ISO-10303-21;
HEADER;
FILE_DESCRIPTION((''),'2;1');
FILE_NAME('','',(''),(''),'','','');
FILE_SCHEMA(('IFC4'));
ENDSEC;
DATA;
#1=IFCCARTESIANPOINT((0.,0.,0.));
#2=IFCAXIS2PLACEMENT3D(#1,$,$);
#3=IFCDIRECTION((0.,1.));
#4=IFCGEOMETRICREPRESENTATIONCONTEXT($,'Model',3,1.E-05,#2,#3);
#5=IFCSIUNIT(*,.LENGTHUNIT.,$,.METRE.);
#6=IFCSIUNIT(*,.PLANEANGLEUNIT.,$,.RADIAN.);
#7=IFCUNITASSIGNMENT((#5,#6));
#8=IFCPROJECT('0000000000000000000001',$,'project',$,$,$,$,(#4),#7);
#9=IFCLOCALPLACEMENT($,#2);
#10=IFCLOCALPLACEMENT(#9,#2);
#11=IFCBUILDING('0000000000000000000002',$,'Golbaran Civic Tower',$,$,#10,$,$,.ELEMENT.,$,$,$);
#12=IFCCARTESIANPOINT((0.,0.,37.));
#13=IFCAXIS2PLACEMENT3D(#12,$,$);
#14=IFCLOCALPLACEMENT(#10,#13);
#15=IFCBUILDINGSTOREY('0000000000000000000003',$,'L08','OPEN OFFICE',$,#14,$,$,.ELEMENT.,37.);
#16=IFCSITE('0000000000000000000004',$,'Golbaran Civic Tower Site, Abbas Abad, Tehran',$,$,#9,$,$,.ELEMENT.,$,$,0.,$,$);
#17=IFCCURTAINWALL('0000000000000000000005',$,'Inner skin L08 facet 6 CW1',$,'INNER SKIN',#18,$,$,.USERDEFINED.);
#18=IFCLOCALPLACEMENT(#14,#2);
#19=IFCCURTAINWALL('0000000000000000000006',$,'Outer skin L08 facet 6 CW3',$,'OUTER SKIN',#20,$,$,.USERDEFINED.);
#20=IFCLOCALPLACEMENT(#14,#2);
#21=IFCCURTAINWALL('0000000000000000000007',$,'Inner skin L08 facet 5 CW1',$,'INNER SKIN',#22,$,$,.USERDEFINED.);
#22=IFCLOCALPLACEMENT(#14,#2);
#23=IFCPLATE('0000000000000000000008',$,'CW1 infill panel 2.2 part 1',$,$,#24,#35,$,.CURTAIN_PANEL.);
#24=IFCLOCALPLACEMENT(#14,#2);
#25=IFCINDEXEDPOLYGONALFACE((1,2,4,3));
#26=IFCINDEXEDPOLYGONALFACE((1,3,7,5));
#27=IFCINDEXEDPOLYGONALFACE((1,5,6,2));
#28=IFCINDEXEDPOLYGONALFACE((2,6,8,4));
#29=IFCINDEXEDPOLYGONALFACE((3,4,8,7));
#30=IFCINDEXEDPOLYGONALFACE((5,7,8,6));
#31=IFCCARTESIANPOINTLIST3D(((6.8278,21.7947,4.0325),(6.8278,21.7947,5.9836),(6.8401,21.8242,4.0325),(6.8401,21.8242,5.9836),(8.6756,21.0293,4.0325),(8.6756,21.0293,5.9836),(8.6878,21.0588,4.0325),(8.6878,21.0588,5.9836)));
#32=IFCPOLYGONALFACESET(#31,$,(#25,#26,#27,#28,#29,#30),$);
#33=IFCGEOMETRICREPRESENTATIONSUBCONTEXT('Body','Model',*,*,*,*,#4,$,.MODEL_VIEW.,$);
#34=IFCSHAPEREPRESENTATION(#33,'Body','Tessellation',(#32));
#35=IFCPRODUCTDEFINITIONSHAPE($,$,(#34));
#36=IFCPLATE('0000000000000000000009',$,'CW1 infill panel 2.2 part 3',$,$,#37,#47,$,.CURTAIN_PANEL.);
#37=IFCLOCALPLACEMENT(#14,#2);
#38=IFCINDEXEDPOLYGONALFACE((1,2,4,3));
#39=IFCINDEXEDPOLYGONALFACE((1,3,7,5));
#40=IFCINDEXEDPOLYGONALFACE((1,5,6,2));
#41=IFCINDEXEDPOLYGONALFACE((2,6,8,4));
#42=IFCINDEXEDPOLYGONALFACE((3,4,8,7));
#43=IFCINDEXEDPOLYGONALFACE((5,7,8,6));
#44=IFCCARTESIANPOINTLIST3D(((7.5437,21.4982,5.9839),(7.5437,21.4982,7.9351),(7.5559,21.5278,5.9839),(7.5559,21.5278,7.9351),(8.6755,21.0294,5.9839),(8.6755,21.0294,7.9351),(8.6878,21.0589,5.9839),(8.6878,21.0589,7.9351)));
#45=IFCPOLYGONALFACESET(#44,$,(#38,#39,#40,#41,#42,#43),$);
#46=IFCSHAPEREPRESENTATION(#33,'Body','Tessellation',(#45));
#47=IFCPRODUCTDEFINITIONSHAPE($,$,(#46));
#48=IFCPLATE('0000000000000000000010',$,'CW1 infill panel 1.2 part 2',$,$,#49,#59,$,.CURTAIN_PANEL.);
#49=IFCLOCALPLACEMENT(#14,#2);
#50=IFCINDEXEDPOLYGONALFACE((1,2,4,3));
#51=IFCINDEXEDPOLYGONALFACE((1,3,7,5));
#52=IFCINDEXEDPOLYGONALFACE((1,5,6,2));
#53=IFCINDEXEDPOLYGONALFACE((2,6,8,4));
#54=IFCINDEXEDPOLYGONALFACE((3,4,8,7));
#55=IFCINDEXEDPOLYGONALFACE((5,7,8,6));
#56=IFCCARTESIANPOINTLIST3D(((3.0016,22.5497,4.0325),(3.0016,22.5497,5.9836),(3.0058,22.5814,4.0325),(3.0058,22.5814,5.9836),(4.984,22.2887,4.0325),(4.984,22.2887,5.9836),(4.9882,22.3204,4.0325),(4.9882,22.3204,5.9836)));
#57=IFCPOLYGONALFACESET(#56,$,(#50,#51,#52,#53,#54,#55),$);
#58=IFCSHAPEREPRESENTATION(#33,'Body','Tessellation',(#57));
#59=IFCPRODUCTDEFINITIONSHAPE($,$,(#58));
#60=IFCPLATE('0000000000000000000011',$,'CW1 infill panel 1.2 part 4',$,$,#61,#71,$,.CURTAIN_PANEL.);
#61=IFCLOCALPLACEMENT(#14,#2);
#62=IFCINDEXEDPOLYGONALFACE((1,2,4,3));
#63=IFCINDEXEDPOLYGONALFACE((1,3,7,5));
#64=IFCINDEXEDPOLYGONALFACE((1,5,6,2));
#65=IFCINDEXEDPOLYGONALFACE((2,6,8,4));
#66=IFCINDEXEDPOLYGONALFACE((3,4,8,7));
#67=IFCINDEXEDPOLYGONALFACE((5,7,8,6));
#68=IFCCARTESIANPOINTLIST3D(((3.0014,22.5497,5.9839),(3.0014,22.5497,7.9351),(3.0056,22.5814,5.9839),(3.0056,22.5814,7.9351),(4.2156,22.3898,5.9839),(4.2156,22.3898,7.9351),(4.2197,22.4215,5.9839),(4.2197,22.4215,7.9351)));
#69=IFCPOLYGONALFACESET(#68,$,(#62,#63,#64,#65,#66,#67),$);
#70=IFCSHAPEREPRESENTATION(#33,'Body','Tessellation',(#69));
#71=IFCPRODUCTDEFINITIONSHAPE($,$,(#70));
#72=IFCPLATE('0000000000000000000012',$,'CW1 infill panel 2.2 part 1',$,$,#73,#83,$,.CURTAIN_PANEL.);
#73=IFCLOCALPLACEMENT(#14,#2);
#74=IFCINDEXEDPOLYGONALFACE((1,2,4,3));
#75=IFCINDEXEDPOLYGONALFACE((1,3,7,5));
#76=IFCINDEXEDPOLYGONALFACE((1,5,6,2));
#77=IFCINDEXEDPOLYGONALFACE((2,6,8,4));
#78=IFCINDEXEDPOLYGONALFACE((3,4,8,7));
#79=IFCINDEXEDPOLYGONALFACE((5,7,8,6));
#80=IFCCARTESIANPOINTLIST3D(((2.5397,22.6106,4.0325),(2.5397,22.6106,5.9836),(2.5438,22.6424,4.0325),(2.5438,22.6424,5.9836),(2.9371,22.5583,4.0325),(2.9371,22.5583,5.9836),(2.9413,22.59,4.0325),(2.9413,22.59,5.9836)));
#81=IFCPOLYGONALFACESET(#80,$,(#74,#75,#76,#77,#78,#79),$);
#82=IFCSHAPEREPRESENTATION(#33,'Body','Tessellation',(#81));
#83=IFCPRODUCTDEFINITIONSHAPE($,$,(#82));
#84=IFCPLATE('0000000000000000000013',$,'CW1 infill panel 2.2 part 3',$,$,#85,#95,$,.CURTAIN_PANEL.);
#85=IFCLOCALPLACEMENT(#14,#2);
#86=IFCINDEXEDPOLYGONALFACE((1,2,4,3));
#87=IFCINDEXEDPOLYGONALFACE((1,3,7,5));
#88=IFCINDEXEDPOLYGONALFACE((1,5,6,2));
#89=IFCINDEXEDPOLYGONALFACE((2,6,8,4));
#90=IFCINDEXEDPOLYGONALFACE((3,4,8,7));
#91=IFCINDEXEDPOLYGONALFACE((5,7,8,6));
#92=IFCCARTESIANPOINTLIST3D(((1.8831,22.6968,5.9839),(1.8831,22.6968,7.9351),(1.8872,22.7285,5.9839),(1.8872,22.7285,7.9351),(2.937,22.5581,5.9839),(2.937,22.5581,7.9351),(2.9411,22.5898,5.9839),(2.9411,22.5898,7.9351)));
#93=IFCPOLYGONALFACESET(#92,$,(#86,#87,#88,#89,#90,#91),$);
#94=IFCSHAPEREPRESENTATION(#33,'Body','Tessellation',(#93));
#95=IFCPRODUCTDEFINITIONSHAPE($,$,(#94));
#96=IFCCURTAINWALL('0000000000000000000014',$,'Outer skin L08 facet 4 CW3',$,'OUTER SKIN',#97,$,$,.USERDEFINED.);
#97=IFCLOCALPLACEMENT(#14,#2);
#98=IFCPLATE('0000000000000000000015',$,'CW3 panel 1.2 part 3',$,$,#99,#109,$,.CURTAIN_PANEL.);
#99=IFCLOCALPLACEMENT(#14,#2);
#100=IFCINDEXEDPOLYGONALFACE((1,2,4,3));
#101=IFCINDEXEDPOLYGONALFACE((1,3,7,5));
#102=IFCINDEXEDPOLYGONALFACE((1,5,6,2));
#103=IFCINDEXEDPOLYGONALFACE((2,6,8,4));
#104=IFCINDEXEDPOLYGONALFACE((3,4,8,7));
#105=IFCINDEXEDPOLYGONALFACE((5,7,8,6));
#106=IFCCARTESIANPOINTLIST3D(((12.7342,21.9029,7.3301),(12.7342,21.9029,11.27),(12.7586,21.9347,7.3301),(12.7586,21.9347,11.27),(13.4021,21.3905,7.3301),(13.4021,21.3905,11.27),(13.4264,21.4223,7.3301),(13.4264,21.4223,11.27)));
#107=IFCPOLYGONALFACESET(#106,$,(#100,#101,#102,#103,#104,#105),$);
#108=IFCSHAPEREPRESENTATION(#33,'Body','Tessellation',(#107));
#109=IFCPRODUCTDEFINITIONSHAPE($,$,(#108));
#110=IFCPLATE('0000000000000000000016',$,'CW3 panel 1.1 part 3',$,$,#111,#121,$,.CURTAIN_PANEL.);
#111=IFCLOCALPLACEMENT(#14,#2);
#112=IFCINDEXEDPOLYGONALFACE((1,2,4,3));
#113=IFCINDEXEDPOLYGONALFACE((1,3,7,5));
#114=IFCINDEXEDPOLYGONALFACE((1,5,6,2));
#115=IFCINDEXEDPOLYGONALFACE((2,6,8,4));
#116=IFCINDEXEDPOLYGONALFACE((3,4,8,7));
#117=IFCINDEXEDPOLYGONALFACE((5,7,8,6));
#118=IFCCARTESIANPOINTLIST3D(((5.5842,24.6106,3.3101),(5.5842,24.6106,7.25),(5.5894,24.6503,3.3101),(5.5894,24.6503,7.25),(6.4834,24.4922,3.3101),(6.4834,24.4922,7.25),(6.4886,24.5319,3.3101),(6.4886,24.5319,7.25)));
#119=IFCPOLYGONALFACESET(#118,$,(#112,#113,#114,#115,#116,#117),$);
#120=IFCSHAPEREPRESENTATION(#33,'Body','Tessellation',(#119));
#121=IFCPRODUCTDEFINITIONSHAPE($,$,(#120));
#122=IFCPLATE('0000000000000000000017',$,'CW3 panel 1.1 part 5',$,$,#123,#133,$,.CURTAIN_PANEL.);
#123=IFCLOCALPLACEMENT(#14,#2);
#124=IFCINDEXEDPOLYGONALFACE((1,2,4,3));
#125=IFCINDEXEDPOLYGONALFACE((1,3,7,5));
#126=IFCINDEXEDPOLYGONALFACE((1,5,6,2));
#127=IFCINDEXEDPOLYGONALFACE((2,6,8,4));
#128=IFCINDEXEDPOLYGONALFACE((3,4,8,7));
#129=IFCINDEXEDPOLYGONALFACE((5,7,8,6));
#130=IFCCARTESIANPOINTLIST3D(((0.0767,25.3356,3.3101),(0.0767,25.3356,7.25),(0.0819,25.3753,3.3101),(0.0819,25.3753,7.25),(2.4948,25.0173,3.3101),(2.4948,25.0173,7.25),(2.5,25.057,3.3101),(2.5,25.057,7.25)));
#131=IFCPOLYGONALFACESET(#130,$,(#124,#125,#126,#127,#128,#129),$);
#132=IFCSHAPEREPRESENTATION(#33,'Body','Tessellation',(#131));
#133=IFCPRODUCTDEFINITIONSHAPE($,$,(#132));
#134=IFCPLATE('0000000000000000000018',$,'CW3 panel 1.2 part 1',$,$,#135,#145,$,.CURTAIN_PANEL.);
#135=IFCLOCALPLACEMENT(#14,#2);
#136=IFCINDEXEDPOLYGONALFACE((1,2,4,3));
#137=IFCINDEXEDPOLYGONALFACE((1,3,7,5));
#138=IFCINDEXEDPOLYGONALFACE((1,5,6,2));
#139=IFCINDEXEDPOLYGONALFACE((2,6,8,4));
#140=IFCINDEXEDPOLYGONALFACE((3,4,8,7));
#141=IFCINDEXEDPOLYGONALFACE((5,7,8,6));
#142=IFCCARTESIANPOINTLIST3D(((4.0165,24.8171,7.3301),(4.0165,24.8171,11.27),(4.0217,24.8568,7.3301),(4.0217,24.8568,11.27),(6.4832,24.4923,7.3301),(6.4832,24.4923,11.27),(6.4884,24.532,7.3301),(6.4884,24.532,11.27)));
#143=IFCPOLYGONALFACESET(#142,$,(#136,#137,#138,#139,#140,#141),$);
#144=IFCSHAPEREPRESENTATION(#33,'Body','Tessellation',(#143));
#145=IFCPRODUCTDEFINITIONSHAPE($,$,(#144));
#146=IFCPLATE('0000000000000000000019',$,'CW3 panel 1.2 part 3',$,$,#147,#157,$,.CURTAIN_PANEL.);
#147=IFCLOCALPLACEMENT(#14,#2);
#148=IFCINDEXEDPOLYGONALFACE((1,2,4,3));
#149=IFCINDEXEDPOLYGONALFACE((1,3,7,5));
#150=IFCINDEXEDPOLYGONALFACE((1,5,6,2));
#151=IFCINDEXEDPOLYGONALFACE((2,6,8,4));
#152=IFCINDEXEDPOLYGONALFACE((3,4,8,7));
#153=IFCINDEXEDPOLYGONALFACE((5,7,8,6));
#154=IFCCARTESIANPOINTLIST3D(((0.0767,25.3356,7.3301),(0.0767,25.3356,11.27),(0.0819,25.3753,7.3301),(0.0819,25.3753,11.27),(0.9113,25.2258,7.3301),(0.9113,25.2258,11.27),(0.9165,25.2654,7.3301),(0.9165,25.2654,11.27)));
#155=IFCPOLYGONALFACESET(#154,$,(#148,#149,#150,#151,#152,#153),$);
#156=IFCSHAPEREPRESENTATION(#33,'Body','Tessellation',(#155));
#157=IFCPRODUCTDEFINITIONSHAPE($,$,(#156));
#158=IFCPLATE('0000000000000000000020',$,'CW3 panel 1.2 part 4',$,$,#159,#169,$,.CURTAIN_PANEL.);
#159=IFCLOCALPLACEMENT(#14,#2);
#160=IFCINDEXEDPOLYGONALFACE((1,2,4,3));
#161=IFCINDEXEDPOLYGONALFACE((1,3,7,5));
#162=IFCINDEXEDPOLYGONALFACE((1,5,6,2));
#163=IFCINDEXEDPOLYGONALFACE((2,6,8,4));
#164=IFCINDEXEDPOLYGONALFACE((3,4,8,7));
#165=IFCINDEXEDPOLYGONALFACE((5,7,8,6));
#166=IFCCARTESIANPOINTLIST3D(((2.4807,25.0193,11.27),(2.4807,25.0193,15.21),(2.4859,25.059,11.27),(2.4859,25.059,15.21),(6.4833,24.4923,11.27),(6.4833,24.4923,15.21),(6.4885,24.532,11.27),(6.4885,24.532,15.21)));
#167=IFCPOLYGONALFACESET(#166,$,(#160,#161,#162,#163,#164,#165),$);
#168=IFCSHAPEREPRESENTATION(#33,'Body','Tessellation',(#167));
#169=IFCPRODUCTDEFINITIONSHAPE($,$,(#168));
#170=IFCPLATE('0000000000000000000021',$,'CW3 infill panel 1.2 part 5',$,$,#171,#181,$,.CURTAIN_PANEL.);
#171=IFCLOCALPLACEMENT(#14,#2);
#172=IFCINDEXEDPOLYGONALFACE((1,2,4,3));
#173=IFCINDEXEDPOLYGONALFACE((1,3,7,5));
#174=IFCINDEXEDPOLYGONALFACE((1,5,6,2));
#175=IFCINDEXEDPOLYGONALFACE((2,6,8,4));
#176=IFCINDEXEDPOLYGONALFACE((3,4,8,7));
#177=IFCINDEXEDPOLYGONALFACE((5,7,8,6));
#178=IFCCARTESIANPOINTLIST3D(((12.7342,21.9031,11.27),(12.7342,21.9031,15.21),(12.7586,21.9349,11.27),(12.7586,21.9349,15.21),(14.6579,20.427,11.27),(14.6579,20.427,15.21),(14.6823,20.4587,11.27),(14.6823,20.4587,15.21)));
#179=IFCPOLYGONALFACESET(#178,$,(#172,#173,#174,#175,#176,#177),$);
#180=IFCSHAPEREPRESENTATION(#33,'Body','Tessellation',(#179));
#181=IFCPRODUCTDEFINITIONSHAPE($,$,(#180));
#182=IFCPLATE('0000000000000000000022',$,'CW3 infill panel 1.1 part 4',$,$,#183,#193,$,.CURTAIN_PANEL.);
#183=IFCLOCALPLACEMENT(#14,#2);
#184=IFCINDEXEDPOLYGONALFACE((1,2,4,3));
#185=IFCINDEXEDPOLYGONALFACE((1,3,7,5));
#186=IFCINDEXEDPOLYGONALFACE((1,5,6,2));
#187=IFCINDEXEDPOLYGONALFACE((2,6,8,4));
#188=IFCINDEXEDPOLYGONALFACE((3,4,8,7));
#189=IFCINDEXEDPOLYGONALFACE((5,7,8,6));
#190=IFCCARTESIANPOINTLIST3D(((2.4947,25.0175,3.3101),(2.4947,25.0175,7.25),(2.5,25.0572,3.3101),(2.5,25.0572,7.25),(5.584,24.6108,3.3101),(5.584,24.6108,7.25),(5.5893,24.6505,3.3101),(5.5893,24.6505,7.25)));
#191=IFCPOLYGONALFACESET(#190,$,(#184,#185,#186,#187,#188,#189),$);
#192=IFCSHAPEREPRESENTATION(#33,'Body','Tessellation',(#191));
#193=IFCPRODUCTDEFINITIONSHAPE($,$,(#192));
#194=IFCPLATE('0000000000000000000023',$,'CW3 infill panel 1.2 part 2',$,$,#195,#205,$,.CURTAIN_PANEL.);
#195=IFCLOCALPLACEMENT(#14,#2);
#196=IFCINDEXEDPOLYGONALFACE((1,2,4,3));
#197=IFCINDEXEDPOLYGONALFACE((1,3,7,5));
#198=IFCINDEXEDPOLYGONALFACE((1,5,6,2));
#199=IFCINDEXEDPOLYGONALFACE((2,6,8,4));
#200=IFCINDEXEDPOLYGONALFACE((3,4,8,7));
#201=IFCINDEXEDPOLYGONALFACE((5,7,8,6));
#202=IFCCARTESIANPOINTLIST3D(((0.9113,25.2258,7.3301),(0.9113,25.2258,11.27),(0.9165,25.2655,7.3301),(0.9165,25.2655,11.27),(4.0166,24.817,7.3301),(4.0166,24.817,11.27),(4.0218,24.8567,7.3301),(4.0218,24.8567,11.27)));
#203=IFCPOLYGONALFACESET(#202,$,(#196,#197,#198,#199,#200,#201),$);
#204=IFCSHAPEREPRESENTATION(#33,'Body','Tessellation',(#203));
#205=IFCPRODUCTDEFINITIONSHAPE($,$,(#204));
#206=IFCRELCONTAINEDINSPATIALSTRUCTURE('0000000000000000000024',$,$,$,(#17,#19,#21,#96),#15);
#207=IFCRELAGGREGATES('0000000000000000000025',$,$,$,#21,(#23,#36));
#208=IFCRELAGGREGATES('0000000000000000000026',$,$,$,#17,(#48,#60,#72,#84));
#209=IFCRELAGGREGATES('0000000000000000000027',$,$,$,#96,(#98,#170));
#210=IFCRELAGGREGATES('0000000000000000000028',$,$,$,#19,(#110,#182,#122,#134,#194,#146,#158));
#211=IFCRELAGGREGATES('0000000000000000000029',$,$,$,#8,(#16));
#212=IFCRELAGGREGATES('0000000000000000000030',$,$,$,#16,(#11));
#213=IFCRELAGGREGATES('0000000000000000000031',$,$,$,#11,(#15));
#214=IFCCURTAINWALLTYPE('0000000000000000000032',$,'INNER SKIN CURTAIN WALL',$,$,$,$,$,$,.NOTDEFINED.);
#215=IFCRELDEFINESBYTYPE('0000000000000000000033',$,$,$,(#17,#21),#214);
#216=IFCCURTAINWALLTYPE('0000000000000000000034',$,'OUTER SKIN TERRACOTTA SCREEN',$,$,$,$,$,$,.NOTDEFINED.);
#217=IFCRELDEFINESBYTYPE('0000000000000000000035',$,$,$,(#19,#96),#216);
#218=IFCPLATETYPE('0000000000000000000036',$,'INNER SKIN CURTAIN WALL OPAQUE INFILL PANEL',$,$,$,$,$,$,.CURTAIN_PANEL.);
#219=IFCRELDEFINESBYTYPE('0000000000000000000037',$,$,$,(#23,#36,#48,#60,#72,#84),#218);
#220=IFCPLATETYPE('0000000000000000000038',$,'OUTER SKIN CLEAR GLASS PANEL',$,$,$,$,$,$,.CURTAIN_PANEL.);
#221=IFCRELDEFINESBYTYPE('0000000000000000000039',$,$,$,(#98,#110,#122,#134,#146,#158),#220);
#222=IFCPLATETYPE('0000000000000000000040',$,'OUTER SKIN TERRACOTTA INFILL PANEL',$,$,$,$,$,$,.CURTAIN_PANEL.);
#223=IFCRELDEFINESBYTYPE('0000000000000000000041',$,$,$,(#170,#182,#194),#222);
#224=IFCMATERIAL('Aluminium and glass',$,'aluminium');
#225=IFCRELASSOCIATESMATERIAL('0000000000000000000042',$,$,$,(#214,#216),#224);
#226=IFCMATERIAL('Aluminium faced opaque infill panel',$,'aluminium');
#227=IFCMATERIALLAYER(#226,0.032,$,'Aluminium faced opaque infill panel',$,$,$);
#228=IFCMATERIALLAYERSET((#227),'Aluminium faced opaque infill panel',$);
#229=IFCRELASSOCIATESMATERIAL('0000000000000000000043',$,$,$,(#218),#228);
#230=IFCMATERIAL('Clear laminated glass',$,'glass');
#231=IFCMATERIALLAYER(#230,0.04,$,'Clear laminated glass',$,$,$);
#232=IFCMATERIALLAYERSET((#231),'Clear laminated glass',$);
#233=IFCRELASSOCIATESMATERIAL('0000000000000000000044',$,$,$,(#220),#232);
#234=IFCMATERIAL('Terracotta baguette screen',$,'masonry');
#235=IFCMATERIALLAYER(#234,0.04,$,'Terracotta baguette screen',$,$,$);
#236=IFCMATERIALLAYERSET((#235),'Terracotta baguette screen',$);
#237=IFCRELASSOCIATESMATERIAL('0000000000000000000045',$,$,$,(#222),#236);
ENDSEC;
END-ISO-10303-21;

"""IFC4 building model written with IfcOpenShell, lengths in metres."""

from ifc_helpers import new_model, si_unit, direction, frame, origin, origin_2d, place, context, subcontext, project, spatial, rectangle, extrude, material, layer, layer_set, type_object, element, aggregate, save


model = new_model("IFC4")

# Units and contexts
model_context = context("Model", 3, precision=1e-05, world=origin(), true_north=direction((0.0, 1.0)))
body_context = subcontext(model_context, "Body", "Model", "MODEL_VIEW")
ifc_project = project(units=[si_unit("LENGTHUNIT", "METRE"), si_unit("PLANEANGLEUNIT", "RADIAN")], contexts=[model_context])

# Site, building, storey
site_placement = place(None, origin())
site = spatial("IfcSite", under=ifc_project, at=site_placement, Name="Golbaran Civic Tower Site, Abbas Abad, Tehran", CompositionType="ELEMENT", RefElevation=0.0)
building_placement = place(site_placement, origin())
building = spatial("IfcBuilding", under=site, at=building_placement, Name="Golbaran Civic Tower", CompositionType="ELEMENT")
storey_placement = place(building_placement, frame((0.0, 0.0, 37.0)))
storey = spatial("IfcBuildingStorey", under=building, at=storey_placement, Name="L08", Description="OPEN OFFICE", CompositionType="ELEMENT", Elevation=37.0)

# Curtain walls
ifc_material_1 = material(Name="Aluminium and glass", Category="aluminium")
curtain_wall_type_1 = type_object("IfcCurtainWallType", Name="INNER SKIN CURTAIN WALL", PredefinedType="NOTDEFINED", material=ifc_material_1)
curtain_wall_1_placement = place(storey_placement, origin())
curtain_wall_1 = element("IfcCurtainWall", 1, at=curtain_wall_1_placement, inside=storey, type_object=curtain_wall_type_1, Name="Inner skin L08 facet 6 CW1", ObjectType="INNER SKIN", PredefinedType="USERDEFINED")
curtain_wall_type_2 = type_object("IfcCurtainWallType", Name="OUTER SKIN TERRACOTTA SCREEN", PredefinedType="NOTDEFINED", material=ifc_material_1)
curtain_wall_2_placement = place(storey_placement, origin())
curtain_wall_2 = element("IfcCurtainWall", 2, at=curtain_wall_2_placement, inside=storey, type_object=curtain_wall_type_2, Name="Outer skin L08 facet 6 CW3", ObjectType="OUTER SKIN", PredefinedType="USERDEFINED")

# Curtain wall
curtain_wall_3_placement = place(storey_placement, origin())
curtain_wall_3 = element("IfcCurtainWall", 3, at=curtain_wall_3_placement, inside=storey, type_object=curtain_wall_type_1, Name="Inner skin L08 facet 5 CW1", ObjectType="INNER SKIN", PredefinedType="USERDEFINED")

# Plates
ifc_material_2 = material(Name="Aluminium faced opaque infill panel", Category="aluminium")
ifc_layer_1 = layer(ifc_material_2, 0.032, Name="Aluminium faced opaque infill panel")
ifc_layer_set_1 = layer_set([ifc_layer_1], Name="Aluminium faced opaque infill panel")
plate_type_1 = type_object("IfcPlateType", Name="INNER SKIN CURTAIN WALL OPAQUE INFILL PANEL", PredefinedType="CURTAIN_PANEL", material=ifc_layer_set_1)
plate_1_placement = place(storey_placement, frame((7.7578, 21.4268, 4.0325), z_axis=(0.0, 0.0, 1.0), x_axis=(-0.92388, 0.382683, 0.0)))
plate_1 = element("IfcPlate", 4, at=plate_1_placement, type_object=plate_type_1, Name="CW1 infill panel 2.2 part 1", PredefinedType="CURTAIN_PANEL", context=body_context, shape_type="SweptSolid", body=[
    extrude(rectangle(XDim=2.0, YDim=0.032, at=origin_2d()), origin(), (0.0, 0.0, 1.0), 1.9512),
])
plate_2_placement = place(storey_placement, frame((8.1157, 21.2786, 5.9839), z_axis=(0.0, 0.0, 1.0), x_axis=(-0.92388, 0.382683, 0.0)))
plate_2 = element("IfcPlate", 5, at=plate_2_placement, type_object=plate_type_1, Name="CW1 infill panel 2.2 part 3", PredefinedType="CURTAIN_PANEL", context=body_context, shape_type="SweptSolid", body=[
    extrude(rectangle(XDim=1.2251, YDim=0.032, at=origin_2d()), origin(), (0.0, 0.0, 1.0), 1.9512),
])
aggregate(curtain_wall_3, [plate_1, plate_2])
plate_3_placement = place(storey_placement, frame((3.9949, 22.4351, 4.0325), z_axis=(0.0, 0.0, 1.0), x_axis=(-0.991445, 0.130526, 0.0)))
plate_3 = element("IfcPlate", 6, at=plate_3_placement, type_object=plate_type_1, Name="CW1 infill panel 1.2 part 2", PredefinedType="CURTAIN_PANEL", context=body_context, shape_type="SweptSolid", body=[
    extrude(rectangle(XDim=1.9995, YDim=0.032, at=origin_2d()), origin(), (0.0, 0.0, 1.0), 1.9512),
])
plate_4_placement = place(storey_placement, frame((3.6106, 22.4856, 5.9839), z_axis=(0.0, 0.0, 1.0), x_axis=(-0.991445, 0.130526, 0.0)))
plate_4 = element("IfcPlate", 7, at=plate_4_placement, type_object=plate_type_1, Name="CW1 infill panel 1.2 part 4", PredefinedType="CURTAIN_PANEL", context=body_context, shape_type="SweptSolid", body=[
    extrude(rectangle(XDim=1.2246, YDim=0.032, at=origin_2d()), origin(), (0.0, 0.0, 1.0), 1.9512),
])
plate_5_placement = place(storey_placement, frame((2.7405, 22.6003, 4.0325), z_axis=(0.0, 0.0, 1.0), x_axis=(-0.991445, 0.130526, 0.0)))
plate_5 = element("IfcPlate", 8, at=plate_5_placement, type_object=plate_type_1, Name="CW1 infill panel 2.2 part 1", PredefinedType="CURTAIN_PANEL", context=body_context, shape_type="SweptSolid", body=[
    extrude(rectangle(XDim=0.4009, YDim=0.032, at=origin_2d()), origin(), (0.0, 0.0, 1.0), 1.9512),
])
plate_6_placement = place(storey_placement, frame((2.4121, 22.6433, 5.9839), z_axis=(0.0, 0.0, 1.0), x_axis=(-0.991445, 0.130526, 0.0)))
plate_6 = element("IfcPlate", 9, at=plate_6_placement, type_object=plate_type_1, Name="CW1 infill panel 2.2 part 3", PredefinedType="CURTAIN_PANEL", context=body_context, shape_type="SweptSolid", body=[
    extrude(rectangle(XDim=1.063, YDim=0.032, at=origin_2d()), origin(), (0.0, 0.0, 1.0), 1.9512),
])
aggregate(curtain_wall_1, [plate_3, plate_4, plate_5, plate_6])

# Curtain wall, plate
curtain_wall_4_placement = place(storey_placement, origin())
curtain_wall_4 = element("IfcCurtainWall", 10, at=curtain_wall_4_placement, inside=storey, type_object=curtain_wall_type_2, Name="Outer skin L08 facet 4 CW3", ObjectType="OUTER SKIN", PredefinedType="USERDEFINED")
ifc_material_3 = material(Name="Clear laminated glass", Category="glass")
ifc_layer_2 = layer(ifc_material_3, 0.04, Name="Clear laminated glass")
ifc_layer_set_2 = layer_set([ifc_layer_2], Name="Clear laminated glass")
plate_type_2 = type_object("IfcPlateType", Name="OUTER SKIN CLEAR GLASS PANEL", PredefinedType="CURTAIN_PANEL", material=ifc_layer_set_2)
plate_7_placement = place(storey_placement, frame((13.0803, 21.6626, 7.3301), z_axis=(0.0, 0.0, 1.0), x_axis=(-0.793353, 0.608761, 0.0)))
plate_7 = element("IfcPlate", 11, at=plate_7_placement, type_object=plate_type_2, Name="CW3 panel 1.2 part 3", PredefinedType="CURTAIN_PANEL", context=body_context, shape_type="SweptSolid", body=[
    extrude(rectangle(XDim=0.8418, YDim=0.04, at=origin_2d()), origin(), (0.0, 0.0, 1.0), 3.9399),
])

# Plates
plate_8_placement = place(storey_placement, frame((6.0364, 24.5713, 3.3101), z_axis=(0.0, 0.0, 1.0), x_axis=(-0.991445, 0.130526, 0.0)))
plate_8 = element("IfcPlate", 12, at=plate_8_placement, type_object=plate_type_2, Name="CW3 panel 1.1 part 3", PredefinedType="CURTAIN_PANEL", context=body_context, shape_type="SweptSolid", body=[
    extrude(rectangle(XDim=0.907, YDim=0.04, at=origin_2d()), origin(), (0.0, 0.0, 1.0), 3.9399),
])
plate_9_placement = place(storey_placement, frame((1.2883, 25.1963, 3.3101), z_axis=(0.0, 0.0, 1.0), x_axis=(-0.991445, 0.130526, 0.0)))
plate_9 = element("IfcPlate", 13, at=plate_9_placement, type_object=plate_type_2, Name="CW3 panel 1.1 part 5", PredefinedType="CURTAIN_PANEL", context=body_context, shape_type="SweptSolid", body=[
    extrude(rectangle(XDim=2.439, YDim=0.04, at=origin_2d()), origin(), (0.0, 0.0, 1.0), 3.9399),
])
plate_10_placement = place(storey_placement, frame((5.2524, 24.6746, 7.3301), z_axis=(0.0, 0.0, 1.0), x_axis=(-0.991445, 0.130526, 0.0)))
plate_10 = element("IfcPlate", 14, at=plate_10_placement, type_object=plate_type_2, Name="CW3 panel 1.2 part 1", PredefinedType="CURTAIN_PANEL", context=body_context, shape_type="SweptSolid", body=[
    extrude(rectangle(XDim=2.488, YDim=0.04, at=origin_2d()), origin(), (0.0, 0.0, 1.0), 3.9399),
])
plate_11_placement = place(storey_placement, frame((0.4966, 25.3005, 7.3301), z_axis=(0.0, 0.0, 1.0), x_axis=(-0.991445, 0.130526, 0.0)))
plate_11 = element("IfcPlate", 15, at=plate_11_placement, type_object=plate_type_2, Name="CW3 panel 1.2 part 3", PredefinedType="CURTAIN_PANEL", context=body_context, shape_type="SweptSolid", body=[
    extrude(rectangle(XDim=0.8418, YDim=0.04, at=origin_2d()), origin(), (0.0, 0.0, 1.0), 3.9399),
])
plate_12_placement = place(storey_placement, frame((4.4846, 24.7756, 11.27), z_axis=(0.0, 0.0, 1.0), x_axis=(-0.991445, 0.130526, 0.0)))
plate_12 = element("IfcPlate", 16, at=plate_12_placement, type_object=plate_type_2, Name="CW3 panel 1.2 part 4", PredefinedType="CURTAIN_PANEL", context=body_context, shape_type="SweptSolid", body=[
    extrude(rectangle(XDim=4.0371, YDim=0.04, at=origin_2d()), origin(), (0.0, 0.0, 1.0), 3.9399),
])
ifc_material_4 = material(Name="Terracotta baguette screen", Category="masonry")
ifc_layer_3 = layer(ifc_material_4, 0.04, Name="Terracotta baguette screen")
ifc_layer_set_3 = layer_set([ifc_layer_3], Name="Terracotta baguette screen")
plate_type_3 = type_object("IfcPlateType", Name="OUTER SKIN TERRACOTTA INFILL PANEL", PredefinedType="CURTAIN_PANEL", material=ifc_layer_set_3)
plate_13_placement = place(storey_placement, frame((13.7083, 21.1809, 11.27), z_axis=(0.0, 0.0, 1.0), x_axis=(-0.793353, 0.608761, 0.0)))
plate_13 = element("IfcPlate", 17, at=plate_13_placement, type_object=plate_type_3, Name="CW3 infill panel 1.2 part 5", PredefinedType="CURTAIN_PANEL", context=body_context, shape_type="SweptSolid", body=[
    extrude(rectangle(XDim=2.4248, YDim=0.04, at=origin_2d()), origin(), (0.0, 0.0, 1.0), 3.9399),
])
aggregate(curtain_wall_4, [plate_7, plate_13])
plate_14_placement = place(storey_placement, frame((4.042, 24.834, 3.3101), z_axis=(0.0, 0.0, 1.0), x_axis=(-0.991445, 0.130526, 0.0)))
plate_14 = element("IfcPlate", 18, at=plate_14_placement, type_object=plate_type_3, Name="CW3 infill panel 1.1 part 4", PredefinedType="CURTAIN_PANEL", context=body_context, shape_type="SweptSolid", body=[
    extrude(rectangle(XDim=3.116, YDim=0.04, at=origin_2d()), origin(), (0.0, 0.0, 1.0), 3.9399),
])
plate_15_placement = place(storey_placement, frame((2.4666, 25.0413, 7.3301), z_axis=(0.0, 0.0, 1.0), x_axis=(-0.991445, 0.130526, 0.0)))
plate_15 = element("IfcPlate", 19, at=plate_15_placement, type_object=plate_type_3, Name="CW3 infill panel 1.2 part 2", PredefinedType="CURTAIN_PANEL", context=body_context, shape_type="SweptSolid", body=[
    extrude(rectangle(XDim=3.1321, YDim=0.04, at=origin_2d()), origin(), (0.0, 0.0, 1.0), 3.9399),
])
aggregate(curtain_wall_2, [plate_8, plate_14, plate_9, plate_10, plate_15, plate_11, plate_12])

save(model, "model.ifc")
